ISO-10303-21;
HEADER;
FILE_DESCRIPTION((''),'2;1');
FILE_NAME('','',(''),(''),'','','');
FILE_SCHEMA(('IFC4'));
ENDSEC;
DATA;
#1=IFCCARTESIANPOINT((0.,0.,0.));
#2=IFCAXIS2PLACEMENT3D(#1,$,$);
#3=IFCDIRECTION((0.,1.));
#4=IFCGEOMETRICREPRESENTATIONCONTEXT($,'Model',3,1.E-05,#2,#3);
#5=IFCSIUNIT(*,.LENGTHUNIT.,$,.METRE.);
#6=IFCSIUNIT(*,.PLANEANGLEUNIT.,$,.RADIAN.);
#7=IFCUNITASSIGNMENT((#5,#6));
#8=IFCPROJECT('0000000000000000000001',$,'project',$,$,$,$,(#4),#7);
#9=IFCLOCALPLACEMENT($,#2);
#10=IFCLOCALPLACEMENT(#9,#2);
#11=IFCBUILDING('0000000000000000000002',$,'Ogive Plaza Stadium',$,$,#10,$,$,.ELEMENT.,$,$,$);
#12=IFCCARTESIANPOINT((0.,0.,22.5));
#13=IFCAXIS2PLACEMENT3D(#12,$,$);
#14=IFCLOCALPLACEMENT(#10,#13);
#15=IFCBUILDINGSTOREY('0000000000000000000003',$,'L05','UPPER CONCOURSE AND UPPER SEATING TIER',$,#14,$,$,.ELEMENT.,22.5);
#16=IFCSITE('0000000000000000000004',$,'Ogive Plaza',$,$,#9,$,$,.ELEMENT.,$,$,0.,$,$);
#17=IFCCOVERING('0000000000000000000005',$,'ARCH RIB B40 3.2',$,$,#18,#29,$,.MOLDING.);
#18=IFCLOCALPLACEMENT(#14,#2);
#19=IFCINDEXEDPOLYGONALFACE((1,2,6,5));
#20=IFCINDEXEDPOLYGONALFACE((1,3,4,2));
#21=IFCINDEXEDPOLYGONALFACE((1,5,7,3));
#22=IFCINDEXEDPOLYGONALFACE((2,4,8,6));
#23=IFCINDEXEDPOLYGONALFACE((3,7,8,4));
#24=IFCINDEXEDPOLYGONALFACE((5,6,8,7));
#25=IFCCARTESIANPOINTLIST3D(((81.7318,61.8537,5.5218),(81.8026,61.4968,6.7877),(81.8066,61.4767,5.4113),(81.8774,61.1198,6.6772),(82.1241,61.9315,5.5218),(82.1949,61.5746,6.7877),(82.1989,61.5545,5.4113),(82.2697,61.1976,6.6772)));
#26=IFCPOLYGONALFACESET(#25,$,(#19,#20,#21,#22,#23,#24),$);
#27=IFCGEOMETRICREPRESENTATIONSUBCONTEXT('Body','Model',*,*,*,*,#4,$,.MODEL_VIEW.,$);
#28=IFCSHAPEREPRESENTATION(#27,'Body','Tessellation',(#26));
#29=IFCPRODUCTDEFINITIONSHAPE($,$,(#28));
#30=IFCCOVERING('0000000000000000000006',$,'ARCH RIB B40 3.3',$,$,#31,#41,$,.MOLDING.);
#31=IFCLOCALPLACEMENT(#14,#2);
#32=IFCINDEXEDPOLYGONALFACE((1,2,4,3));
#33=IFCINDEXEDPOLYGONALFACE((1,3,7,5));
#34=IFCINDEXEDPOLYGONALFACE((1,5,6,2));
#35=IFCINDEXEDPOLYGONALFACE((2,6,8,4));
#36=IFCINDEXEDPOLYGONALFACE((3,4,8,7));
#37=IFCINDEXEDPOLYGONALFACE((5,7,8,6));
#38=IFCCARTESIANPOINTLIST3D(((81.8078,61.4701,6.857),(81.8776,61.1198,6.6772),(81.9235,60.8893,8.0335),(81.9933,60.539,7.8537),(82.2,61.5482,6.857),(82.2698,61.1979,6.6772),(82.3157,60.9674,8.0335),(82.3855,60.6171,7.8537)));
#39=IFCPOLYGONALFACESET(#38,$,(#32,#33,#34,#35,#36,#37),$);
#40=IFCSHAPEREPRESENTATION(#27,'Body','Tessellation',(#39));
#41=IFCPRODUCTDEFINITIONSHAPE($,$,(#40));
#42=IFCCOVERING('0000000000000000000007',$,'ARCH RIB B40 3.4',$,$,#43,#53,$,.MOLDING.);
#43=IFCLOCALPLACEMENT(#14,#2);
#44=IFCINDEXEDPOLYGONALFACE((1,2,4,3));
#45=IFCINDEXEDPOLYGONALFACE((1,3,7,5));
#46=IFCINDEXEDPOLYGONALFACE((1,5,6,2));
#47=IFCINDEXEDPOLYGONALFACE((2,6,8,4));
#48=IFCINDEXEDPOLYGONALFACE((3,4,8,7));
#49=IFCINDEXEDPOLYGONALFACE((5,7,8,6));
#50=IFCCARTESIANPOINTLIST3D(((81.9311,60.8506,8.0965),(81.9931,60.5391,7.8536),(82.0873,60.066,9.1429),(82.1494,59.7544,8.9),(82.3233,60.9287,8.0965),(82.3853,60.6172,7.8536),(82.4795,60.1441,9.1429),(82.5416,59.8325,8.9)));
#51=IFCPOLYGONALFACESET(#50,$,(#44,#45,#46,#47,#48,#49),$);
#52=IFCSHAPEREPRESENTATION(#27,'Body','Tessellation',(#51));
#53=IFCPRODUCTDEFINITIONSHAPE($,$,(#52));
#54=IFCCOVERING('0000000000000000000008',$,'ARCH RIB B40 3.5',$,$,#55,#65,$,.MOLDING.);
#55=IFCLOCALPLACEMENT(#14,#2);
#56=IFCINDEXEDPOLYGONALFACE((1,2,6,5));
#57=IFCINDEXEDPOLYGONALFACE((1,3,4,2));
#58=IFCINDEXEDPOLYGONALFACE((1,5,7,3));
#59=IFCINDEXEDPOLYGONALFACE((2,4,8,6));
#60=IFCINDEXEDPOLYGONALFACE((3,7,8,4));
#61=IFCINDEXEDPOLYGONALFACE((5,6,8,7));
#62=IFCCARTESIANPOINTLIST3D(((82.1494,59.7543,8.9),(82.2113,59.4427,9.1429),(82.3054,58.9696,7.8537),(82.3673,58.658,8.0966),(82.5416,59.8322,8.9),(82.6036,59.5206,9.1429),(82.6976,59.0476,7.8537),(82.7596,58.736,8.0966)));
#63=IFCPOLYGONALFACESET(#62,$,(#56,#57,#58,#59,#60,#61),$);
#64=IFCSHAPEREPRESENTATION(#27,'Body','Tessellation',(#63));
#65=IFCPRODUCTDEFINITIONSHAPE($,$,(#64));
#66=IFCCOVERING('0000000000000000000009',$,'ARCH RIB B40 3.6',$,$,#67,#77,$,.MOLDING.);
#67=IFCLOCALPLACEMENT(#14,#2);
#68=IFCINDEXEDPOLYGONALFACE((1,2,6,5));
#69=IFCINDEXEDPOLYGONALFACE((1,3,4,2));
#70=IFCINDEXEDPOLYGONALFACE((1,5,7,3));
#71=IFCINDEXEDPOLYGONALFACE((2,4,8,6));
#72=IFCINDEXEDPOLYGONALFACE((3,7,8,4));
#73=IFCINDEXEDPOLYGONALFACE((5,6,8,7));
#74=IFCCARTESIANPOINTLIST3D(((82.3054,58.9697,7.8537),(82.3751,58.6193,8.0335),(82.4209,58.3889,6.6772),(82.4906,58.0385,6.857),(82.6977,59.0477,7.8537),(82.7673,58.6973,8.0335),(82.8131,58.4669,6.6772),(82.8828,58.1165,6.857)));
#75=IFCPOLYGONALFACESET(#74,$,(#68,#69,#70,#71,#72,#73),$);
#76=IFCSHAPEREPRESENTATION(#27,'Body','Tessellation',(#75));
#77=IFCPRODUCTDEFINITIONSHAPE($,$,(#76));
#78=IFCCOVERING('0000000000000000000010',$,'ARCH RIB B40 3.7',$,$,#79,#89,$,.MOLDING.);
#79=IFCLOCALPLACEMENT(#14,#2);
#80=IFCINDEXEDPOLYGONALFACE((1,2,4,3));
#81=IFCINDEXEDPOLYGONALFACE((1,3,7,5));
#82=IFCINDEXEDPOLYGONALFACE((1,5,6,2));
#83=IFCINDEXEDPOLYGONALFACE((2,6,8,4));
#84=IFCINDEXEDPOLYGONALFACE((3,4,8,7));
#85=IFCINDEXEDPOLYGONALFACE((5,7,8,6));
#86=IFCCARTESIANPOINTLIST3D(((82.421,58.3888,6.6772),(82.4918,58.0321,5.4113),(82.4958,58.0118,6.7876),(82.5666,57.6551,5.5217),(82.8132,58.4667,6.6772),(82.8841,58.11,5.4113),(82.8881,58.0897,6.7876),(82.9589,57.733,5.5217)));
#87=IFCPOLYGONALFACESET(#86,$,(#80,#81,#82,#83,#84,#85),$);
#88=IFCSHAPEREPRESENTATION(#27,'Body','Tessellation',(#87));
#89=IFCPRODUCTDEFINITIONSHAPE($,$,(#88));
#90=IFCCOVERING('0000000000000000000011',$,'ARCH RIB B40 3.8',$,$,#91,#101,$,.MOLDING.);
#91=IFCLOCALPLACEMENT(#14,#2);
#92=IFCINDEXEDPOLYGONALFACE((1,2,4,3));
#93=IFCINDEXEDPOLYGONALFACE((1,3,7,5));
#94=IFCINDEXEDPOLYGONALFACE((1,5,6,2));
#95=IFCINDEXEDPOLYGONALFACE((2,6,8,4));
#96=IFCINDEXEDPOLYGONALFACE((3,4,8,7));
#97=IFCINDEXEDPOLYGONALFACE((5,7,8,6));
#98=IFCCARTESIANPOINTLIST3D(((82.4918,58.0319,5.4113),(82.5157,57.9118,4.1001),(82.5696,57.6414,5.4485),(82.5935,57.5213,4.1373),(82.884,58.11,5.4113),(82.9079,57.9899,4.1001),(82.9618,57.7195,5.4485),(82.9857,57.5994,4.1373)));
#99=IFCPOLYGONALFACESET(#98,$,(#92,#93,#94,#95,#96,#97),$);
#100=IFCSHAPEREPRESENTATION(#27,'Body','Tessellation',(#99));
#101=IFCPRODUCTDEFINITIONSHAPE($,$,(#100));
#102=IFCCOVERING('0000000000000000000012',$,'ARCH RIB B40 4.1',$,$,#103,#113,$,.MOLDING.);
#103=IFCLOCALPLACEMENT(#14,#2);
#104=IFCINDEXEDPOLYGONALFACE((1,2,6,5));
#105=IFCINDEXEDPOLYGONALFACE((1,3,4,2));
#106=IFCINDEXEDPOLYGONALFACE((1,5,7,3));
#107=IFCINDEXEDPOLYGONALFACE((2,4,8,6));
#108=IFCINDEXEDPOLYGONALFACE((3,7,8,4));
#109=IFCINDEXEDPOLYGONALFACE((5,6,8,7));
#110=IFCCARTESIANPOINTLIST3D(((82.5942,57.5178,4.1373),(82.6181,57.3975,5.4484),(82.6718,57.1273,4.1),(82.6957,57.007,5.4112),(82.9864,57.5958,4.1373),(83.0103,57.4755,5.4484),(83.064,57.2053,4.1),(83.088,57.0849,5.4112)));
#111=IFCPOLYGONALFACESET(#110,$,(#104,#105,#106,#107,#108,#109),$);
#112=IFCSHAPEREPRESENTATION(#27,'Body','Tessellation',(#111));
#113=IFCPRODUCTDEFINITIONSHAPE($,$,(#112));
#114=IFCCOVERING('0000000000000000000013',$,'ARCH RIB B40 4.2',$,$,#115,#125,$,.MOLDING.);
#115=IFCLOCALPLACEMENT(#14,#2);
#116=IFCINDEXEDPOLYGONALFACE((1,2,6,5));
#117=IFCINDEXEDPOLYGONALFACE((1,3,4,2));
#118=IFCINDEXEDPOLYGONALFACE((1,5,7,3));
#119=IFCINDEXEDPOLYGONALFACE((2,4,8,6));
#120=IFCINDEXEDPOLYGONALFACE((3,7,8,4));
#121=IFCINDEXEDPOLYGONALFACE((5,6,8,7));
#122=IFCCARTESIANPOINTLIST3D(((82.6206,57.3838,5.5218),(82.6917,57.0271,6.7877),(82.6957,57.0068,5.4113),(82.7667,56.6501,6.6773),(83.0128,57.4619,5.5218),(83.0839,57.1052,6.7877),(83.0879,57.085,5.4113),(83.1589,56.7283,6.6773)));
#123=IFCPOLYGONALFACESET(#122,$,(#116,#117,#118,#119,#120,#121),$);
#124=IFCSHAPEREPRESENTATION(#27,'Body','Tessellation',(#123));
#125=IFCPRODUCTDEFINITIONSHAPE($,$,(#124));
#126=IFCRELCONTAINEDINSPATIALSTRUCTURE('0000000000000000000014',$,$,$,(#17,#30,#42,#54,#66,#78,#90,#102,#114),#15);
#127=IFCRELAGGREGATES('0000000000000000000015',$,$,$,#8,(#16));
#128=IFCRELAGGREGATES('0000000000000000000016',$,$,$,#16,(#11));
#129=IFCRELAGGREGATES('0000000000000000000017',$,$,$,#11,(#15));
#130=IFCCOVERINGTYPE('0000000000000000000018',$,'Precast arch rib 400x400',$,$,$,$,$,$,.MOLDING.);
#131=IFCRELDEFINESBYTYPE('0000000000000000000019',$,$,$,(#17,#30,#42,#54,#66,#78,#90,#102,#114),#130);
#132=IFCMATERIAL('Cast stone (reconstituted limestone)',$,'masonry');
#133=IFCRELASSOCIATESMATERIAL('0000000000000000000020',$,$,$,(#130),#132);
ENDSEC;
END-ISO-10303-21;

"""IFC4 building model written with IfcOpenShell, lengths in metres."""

from ifc_helpers import new_model, si_unit, direction, frame, origin, origin_2d, place, context, subcontext, project, spatial, rectangle, extrude, material, material_profile, profile_set, type_object, element, save


model = new_model("IFC4")

# Units and contexts
model_context = context("Model", 3, precision=1e-05, world=origin(), true_north=direction((0.0, 1.0)))
body_context = subcontext(model_context, "Body", "Model", "MODEL_VIEW")
ifc_project = project(units=[si_unit("LENGTHUNIT", "METRE"), si_unit("PLANEANGLEUNIT", "RADIAN")], contexts=[model_context])

# Site, building, storey
site_placement = place(None, origin())
site = spatial("IfcSite", under=ifc_project, at=site_placement, Name="Ogive Plaza", CompositionType="ELEMENT", RefElevation=0.0)
building_placement = place(site_placement, origin())
building = spatial("IfcBuilding", under=site, at=building_placement, Name="Ogive Plaza Stadium", CompositionType="ELEMENT")
storey_placement = place(building_placement, frame((0.0, 0.0, 22.5)))
storey = spatial("IfcBuildingStorey", under=building, at=storey_placement, Name="L05", Description="UPPER CONCOURSE AND UPPER SEATING TIER", CompositionType="ELEMENT", Elevation=22.5)

# Coverings
ifc_material_1 = material(Name="Cast stone (reconstituted limestone)", Category="masonry")
ifc_material_profile_1 = material_profile(ifc_material_1, rectangle(XDim=0.3999, YDim=0.3999, at=origin_2d()), Name="Cast stone 400x400")
ifc_profile_set_1 = profile_set([ifc_material_profile_1], Name="Cast stone (reconstituted limestone)")
covering_type = type_object("IfcCoveringType", Name="Precast arch rib 400x400", PredefinedType="MOLDING", material=ifc_profile_set_1)
for number, where, z_axis, x_axis, name in (
    (1, (81.9653, 61.7041, 5.4666), (0.053754, -0.270993, 0.961079), (0.980889, 0.194568, 0.0), "ARCH RIB B40 3.2"),
    (2, (82.0388, 61.334, 6.7671), (0.087858, -0.440956, 0.893218), (0.980723, 0.195403, 0.0), "ARCH RIB B40 3.3"),
    (3, (82.1582, 60.7339, 7.9751), (0.118622, -0.595704, 0.794396), (0.980745, 0.195295, 0.0), "ARCH RIB B40 3.4"),
    (4, (82.3765, 59.6375, 9.0215), (0.118439, -0.595717, -0.794414), (0.980803, 0.195001, 0.0), "ARCH RIB B40 3.5"),
    (5, (82.5364, 58.8335, 7.9436), (0.087674, -0.440963, -0.893233), (0.980802, 0.195006, 0.0), "ARCH RIB B40 3.6"),
    (6, (82.6545, 58.2393, 6.7324), (0.053756, -0.270821, -0.961128), (0.980864, 0.194696, 0.0), "ARCH RIB B40 3.7"),
):
    element("IfcCovering", number, at=place(storey_placement, frame(where, z_axis=z_axis, x_axis=x_axis)), inside=storey, type_object=covering_type, Name=name, PredefinedType="MOLDING", context=body_context, shape_type="SweptSolid", body=[
        extrude(rectangle(XDim=0.3999, YDim=0.3999, at=origin_2d()), origin(), (0.0, 0.0, 1.0), 1.3171),
    ])
for number, where, z_axis, x_axis, name in (
    (7, (82.7268, 57.8757, 5.4299), (0.018167, -0.091206, -0.995666), (0.980734, 0.195349, 0.0), "ARCH RIB B40 3.8"),
    (8, (82.8291, 57.3616, 4.1187), (0.018167, -0.09139, 0.995649), (0.98081, 0.194968, 0.0), "ARCH RIB B40 4.1"),
):
    element("IfcCovering", number, at=place(storey_placement, frame(where, z_axis=z_axis, x_axis=x_axis)), inside=storey, type_object=covering_type, Name=name, PredefinedType="MOLDING", context=body_context, shape_type="SweptSolid", body=[
        extrude(rectangle(XDim=0.3999, YDim=0.3999, at=origin_2d()), origin(), (0.0, 0.0, 1.0), 1.3169),
    ])
covering_placement = place(storey_placement, frame((82.8542, 57.2344, 5.4666), z_axis=(0.053941, -0.270818, 0.961118), x_axis=(0.980735, 0.195342, 0.0)))
element("IfcCovering", 9, at=covering_placement, inside=storey, type_object=covering_type, Name="ARCH RIB B40 4.2", PredefinedType="MOLDING", context=body_context, shape_type="SweptSolid", body=[
    extrude(rectangle(XDim=0.3999, YDim=0.3999, at=origin_2d()), origin(), (0.0, 0.0, 1.0), 1.3171),
])

save(model, "model.ifc")
